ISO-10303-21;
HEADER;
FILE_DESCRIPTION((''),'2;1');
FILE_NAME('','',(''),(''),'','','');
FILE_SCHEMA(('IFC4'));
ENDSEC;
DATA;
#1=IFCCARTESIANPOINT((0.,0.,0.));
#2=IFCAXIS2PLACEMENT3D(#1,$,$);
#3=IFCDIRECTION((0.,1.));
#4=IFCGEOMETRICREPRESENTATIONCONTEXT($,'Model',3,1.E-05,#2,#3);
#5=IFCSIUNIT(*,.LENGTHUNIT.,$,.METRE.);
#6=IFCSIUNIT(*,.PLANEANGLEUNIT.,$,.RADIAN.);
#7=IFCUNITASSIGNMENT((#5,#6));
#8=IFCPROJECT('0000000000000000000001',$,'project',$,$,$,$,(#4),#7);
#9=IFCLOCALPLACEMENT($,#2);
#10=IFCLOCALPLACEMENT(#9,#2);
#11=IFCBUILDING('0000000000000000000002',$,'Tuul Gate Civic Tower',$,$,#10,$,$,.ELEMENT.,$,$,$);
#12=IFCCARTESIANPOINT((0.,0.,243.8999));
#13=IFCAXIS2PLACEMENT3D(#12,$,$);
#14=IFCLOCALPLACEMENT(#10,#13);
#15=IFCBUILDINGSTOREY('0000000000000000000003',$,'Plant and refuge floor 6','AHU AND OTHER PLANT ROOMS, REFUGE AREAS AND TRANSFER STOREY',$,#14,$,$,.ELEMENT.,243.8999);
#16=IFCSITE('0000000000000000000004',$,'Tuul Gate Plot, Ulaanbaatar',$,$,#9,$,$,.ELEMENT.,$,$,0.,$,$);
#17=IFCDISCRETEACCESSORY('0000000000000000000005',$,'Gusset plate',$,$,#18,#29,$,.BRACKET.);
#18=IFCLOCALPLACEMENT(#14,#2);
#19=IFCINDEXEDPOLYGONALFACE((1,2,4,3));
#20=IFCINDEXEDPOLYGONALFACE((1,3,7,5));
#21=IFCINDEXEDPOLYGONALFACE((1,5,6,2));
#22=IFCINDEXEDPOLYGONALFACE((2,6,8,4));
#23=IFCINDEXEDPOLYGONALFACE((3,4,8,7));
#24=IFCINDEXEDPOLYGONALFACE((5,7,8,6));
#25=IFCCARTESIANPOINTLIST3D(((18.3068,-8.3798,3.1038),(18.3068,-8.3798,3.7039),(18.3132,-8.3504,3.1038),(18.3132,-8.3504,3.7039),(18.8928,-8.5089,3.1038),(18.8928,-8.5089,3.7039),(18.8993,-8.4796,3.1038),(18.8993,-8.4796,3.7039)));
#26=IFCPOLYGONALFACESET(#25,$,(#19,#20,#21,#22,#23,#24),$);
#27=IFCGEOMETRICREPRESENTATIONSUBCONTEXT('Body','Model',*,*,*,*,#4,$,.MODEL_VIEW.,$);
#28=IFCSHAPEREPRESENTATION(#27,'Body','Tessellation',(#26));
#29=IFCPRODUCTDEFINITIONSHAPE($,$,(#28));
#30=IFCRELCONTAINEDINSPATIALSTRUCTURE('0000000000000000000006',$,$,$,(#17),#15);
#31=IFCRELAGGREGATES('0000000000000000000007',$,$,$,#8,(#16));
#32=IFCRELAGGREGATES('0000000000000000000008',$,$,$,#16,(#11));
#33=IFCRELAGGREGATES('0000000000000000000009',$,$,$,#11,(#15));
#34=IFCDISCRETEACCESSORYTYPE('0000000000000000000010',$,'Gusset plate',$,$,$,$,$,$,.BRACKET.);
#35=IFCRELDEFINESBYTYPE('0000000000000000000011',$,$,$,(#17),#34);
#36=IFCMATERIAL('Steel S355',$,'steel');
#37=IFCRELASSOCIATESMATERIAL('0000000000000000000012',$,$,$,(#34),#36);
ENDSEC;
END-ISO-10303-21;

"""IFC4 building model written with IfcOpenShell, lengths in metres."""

from ifc_helpers import new_model, si_unit, direction, frame, origin, origin_2d, place, context, subcontext, project, spatial, rectangle, extrude, material, type_object, element, save


model = new_model("IFC4")

# Units and contexts
model_context = context("Model", 3, precision=1e-05, world=origin(), true_north=direction((0.0, 1.0)))
body_context = subcontext(model_context, "Body", "Model", "MODEL_VIEW")
ifc_project = project(units=[si_unit("LENGTHUNIT", "METRE"), si_unit("PLANEANGLEUNIT", "RADIAN")], contexts=[model_context])

# Site, building, storey
site_placement = place(None, origin())
site = spatial("IfcSite", under=ifc_project, at=site_placement, Name="Tuul Gate Plot, Ulaanbaatar", CompositionType="ELEMENT", RefElevation=0.0)
building_placement = place(site_placement, origin())
building = spatial("IfcBuilding", under=site, at=building_placement, Name="Tuul Gate Civic Tower", CompositionType="ELEMENT")
storey_placement = place(building_placement, frame((0.0, 0.0, 243.8999)))
storey = spatial("IfcBuildingStorey", under=building, at=storey_placement, Name="Plant and refuge floor 6", Description="AHU AND OTHER PLANT ROOMS, REFUGE AREAS AND TRANSFER STOREY", CompositionType="ELEMENT", Elevation=243.8999)

# Discrete accessory
ifc_material_1 = material(Name="Steel S355", Category="steel")
discrete_accessory_type = type_object("IfcDiscreteAccessoryType", Name="Gusset plate", PredefinedType="BRACKET", material=ifc_material_1)
discrete_accessory_placement = place(storey_placement, frame((18.603, -8.4297, 3.1038), z_axis=(0.0, 0.0, 1.0), x_axis=(0.976564, -0.215229, 0.0)))
element("IfcDiscreteAccessory", 1, at=discrete_accessory_placement, inside=storey, type_object=discrete_accessory_type, Name="Gusset plate", PredefinedType="BRACKET", context=body_context, shape_type="SweptSolid", body=[
    extrude(rectangle(XDim=0.6001, YDim=0.03, at=origin_2d()), origin(), (0.0, 0.0, 1.0), 0.6001),
])

save(model, "model.ifc")
